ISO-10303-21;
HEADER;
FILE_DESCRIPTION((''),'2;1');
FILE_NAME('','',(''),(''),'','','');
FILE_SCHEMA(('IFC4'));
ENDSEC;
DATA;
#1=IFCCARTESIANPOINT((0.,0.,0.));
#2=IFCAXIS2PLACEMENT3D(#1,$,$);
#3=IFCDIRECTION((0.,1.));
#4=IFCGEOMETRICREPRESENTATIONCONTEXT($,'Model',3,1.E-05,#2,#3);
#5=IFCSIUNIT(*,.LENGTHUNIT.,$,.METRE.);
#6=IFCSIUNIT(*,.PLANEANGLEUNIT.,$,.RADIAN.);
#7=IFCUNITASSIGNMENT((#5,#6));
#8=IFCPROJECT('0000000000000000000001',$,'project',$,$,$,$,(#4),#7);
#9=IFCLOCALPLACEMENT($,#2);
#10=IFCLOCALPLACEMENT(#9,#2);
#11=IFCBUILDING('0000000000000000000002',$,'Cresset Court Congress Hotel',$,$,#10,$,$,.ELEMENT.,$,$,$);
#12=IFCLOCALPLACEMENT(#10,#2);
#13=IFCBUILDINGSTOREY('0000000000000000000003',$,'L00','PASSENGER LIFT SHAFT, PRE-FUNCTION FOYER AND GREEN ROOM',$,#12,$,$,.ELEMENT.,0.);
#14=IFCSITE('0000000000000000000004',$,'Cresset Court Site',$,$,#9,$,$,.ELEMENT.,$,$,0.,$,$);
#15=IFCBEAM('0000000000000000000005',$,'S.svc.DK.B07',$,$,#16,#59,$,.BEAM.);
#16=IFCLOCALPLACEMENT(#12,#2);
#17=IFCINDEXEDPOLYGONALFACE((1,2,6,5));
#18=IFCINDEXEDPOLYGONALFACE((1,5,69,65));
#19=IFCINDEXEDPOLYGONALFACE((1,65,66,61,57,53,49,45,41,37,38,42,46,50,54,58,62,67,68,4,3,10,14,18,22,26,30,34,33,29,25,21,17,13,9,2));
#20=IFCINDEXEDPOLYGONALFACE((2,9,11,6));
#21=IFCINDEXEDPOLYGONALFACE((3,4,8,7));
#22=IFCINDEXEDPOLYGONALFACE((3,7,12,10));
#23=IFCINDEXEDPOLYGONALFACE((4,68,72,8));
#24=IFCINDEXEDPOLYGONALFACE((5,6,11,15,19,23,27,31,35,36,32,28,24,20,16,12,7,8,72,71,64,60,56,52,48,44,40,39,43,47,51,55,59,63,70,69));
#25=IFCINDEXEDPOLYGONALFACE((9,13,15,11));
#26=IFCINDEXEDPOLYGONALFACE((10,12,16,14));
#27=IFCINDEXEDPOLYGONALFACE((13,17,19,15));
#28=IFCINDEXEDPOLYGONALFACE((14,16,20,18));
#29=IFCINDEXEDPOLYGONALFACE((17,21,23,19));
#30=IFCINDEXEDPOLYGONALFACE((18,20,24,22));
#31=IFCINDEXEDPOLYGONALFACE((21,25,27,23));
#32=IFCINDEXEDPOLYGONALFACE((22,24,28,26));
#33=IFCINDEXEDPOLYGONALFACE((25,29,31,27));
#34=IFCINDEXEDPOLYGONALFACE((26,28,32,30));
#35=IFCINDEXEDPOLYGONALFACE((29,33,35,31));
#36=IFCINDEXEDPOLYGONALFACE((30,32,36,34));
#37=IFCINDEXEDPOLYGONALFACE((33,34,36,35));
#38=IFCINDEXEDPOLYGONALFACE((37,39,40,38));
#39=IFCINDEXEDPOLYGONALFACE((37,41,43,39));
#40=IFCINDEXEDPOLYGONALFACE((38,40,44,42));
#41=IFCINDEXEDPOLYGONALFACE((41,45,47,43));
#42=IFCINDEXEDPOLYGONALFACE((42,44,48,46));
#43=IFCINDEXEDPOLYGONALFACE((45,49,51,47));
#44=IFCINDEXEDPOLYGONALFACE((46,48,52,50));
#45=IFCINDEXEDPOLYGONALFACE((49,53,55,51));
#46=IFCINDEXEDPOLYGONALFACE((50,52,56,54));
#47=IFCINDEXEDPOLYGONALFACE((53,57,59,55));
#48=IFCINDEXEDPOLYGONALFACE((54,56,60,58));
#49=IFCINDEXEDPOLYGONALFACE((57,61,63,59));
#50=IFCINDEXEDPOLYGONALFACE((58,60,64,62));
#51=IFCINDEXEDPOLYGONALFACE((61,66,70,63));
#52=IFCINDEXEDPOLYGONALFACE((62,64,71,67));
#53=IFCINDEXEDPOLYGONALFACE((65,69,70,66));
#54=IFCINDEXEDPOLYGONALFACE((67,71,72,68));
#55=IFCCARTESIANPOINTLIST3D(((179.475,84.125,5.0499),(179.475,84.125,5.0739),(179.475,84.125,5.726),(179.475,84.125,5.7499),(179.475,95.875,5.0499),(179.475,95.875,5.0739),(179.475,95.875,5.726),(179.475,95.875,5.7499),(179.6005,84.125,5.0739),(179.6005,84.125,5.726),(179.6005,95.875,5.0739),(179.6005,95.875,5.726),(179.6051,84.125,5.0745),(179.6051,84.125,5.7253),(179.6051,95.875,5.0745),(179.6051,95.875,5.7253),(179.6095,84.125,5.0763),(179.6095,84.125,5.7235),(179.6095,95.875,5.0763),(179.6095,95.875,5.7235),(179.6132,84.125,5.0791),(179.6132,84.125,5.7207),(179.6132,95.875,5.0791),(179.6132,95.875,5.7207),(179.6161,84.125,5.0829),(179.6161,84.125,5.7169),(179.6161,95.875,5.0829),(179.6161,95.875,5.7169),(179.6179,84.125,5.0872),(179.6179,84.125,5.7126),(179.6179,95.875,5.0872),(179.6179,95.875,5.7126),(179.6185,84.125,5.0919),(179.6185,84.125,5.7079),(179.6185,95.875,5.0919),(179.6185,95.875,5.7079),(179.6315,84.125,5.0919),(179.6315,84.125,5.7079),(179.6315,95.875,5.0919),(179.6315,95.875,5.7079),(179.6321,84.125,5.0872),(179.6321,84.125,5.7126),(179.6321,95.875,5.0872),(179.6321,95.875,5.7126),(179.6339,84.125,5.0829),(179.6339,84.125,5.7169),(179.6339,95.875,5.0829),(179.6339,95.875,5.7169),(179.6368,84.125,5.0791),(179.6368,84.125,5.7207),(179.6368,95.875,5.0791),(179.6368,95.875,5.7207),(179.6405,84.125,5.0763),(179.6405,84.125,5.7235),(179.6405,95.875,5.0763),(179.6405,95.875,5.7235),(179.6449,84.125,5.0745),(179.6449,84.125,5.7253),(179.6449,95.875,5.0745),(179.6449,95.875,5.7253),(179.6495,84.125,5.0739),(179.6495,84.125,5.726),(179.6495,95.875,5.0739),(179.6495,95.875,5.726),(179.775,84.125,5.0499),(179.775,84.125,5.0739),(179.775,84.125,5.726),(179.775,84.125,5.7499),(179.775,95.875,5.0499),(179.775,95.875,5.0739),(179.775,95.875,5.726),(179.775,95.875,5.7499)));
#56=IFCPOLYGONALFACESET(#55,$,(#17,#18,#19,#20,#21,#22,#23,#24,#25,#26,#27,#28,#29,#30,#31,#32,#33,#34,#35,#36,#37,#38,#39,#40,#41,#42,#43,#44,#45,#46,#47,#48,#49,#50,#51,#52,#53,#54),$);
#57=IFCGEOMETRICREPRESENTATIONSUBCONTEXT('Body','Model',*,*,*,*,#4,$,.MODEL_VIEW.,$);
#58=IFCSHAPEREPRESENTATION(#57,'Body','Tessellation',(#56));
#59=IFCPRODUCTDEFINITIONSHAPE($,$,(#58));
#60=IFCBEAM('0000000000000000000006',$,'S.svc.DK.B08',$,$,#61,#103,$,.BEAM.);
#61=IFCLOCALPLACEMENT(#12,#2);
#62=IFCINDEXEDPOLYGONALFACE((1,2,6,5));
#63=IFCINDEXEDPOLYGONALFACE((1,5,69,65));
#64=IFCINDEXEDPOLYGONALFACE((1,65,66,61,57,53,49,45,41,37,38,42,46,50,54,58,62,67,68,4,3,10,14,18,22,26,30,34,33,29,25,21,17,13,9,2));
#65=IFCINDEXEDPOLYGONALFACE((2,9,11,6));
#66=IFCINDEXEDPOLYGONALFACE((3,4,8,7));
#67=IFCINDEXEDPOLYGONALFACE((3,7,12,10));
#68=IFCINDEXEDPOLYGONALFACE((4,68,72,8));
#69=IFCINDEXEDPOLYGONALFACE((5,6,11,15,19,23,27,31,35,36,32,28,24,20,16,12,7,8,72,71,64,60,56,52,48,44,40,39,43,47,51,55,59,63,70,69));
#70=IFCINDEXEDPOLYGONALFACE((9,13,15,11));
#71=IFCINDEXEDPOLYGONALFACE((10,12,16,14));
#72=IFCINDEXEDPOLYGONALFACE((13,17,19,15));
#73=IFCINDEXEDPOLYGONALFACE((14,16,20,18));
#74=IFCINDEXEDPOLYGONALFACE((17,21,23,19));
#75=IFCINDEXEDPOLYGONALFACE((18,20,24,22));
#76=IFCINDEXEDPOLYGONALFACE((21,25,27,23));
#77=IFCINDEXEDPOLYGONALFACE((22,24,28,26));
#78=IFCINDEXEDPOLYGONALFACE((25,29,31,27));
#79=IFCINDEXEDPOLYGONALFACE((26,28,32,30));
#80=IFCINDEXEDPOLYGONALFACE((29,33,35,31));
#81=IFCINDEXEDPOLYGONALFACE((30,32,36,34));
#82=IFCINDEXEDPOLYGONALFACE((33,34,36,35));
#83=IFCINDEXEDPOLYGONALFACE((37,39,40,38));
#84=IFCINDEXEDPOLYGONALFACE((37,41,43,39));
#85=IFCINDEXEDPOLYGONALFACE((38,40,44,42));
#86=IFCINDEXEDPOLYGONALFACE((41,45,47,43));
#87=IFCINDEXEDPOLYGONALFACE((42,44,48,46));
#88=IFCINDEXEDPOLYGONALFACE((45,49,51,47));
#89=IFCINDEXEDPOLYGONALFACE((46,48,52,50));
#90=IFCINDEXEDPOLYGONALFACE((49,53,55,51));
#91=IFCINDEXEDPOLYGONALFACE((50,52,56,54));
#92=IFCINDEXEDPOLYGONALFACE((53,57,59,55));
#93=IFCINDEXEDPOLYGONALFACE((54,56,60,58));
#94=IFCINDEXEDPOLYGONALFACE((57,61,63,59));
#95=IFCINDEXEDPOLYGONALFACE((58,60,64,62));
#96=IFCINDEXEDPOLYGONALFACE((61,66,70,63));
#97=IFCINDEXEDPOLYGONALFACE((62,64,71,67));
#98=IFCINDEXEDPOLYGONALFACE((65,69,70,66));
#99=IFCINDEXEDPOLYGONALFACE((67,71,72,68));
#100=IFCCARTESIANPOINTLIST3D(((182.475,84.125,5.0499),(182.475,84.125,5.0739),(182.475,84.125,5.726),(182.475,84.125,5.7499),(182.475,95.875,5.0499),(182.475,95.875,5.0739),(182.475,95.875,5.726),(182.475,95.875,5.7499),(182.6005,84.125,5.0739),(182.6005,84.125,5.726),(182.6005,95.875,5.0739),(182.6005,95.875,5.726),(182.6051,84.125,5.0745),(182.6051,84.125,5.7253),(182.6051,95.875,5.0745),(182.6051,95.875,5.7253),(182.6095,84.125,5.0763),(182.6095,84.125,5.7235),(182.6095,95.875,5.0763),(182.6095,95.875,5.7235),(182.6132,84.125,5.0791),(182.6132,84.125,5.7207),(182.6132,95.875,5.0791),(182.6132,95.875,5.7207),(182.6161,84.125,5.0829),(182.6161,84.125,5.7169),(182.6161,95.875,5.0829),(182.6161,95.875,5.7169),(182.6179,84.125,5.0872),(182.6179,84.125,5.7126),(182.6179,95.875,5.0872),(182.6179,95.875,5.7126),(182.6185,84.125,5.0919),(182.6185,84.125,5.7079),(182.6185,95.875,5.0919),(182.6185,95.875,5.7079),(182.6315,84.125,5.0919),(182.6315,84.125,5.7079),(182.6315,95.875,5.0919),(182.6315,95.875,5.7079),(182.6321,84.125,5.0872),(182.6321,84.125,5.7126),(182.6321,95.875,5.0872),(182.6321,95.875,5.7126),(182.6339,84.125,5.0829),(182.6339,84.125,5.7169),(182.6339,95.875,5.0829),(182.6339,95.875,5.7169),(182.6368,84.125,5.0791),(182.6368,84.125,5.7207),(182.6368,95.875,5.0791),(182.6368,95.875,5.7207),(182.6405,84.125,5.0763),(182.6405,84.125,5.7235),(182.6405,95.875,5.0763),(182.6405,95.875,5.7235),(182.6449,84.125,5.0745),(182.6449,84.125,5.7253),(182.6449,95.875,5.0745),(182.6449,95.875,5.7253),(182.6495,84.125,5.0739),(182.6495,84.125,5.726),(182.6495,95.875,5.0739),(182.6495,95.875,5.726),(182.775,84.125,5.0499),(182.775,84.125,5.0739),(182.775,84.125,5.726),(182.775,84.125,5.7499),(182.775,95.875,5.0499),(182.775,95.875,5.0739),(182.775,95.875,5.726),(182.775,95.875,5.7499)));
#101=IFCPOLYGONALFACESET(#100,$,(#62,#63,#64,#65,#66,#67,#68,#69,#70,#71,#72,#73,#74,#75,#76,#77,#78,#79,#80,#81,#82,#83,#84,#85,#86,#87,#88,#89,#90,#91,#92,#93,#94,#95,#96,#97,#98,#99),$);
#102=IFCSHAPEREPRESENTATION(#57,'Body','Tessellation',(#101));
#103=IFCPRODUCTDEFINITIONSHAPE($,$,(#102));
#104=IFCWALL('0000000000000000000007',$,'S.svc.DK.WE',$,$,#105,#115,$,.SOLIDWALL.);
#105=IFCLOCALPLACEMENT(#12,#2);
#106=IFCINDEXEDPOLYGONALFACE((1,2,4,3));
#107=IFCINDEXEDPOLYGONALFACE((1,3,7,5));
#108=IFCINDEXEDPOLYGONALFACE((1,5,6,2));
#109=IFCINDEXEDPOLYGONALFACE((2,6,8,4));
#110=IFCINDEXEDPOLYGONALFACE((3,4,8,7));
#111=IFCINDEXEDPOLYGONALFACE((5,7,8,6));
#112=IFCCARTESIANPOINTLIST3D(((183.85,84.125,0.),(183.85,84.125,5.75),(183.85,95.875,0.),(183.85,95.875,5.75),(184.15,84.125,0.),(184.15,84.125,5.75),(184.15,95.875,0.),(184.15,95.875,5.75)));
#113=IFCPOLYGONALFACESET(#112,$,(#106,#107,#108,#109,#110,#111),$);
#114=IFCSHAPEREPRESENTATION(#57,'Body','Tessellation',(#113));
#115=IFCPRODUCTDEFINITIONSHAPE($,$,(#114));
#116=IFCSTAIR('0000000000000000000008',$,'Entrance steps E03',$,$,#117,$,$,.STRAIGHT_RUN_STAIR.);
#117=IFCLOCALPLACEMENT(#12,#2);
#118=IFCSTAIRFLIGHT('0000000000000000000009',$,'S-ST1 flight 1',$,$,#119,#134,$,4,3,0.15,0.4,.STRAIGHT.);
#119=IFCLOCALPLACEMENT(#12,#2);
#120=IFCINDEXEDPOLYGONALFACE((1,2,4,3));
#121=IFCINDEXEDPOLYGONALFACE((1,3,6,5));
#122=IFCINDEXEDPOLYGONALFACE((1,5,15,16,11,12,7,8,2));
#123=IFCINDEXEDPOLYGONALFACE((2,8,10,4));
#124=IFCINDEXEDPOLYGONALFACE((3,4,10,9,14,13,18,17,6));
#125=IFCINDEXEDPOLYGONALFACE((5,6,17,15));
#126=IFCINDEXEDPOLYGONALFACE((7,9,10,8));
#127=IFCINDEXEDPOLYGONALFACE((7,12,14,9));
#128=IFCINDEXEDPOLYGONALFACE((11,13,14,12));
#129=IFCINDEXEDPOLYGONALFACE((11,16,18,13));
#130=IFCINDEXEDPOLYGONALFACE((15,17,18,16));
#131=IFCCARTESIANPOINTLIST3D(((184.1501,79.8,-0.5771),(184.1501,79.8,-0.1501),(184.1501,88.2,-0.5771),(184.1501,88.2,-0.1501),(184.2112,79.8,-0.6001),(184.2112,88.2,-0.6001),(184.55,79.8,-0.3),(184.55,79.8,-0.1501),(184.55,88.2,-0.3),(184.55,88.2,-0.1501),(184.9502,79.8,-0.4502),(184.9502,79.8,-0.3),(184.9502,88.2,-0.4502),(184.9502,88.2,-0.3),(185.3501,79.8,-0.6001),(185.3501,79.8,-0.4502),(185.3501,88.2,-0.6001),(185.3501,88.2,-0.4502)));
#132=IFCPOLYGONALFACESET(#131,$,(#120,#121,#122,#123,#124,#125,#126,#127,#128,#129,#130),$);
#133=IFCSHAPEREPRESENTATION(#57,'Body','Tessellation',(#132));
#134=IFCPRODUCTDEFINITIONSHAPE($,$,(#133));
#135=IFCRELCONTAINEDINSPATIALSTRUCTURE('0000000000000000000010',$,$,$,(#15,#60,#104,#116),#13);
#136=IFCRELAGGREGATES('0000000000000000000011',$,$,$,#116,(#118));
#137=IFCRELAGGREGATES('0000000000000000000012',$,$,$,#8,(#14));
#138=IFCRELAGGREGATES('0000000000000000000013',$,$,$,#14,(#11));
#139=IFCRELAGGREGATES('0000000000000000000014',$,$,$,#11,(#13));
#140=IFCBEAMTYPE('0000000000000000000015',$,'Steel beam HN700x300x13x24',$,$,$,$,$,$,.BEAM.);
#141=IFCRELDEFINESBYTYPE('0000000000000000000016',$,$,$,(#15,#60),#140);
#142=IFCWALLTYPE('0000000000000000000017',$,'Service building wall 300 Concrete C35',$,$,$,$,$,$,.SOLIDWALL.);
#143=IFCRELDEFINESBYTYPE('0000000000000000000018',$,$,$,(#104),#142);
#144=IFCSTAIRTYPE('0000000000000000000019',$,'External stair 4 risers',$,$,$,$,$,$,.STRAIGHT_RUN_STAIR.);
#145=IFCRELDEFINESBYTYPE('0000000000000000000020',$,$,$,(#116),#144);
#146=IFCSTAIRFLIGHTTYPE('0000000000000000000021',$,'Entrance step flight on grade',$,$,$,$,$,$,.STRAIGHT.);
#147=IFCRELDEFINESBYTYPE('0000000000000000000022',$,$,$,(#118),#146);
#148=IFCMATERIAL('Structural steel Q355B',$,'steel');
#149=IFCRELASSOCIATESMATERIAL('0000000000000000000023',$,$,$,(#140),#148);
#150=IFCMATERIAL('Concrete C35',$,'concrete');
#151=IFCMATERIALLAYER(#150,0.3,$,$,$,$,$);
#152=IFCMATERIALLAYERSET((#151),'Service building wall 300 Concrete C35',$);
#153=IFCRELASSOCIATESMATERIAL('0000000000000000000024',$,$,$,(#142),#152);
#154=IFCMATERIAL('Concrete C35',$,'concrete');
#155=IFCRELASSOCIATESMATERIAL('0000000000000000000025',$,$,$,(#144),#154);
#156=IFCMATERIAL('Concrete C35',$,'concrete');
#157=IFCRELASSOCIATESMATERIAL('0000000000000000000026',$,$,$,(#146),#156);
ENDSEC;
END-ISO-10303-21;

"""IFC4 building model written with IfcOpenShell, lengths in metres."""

from ifc_helpers import new_model, si_unit, direction, frame, frame_2d, origin, origin_2d, place, context, subcontext, project, spatial, polyline, rectangle, i_section, outline, extrude, material, layer, layer_set, material_profile, profile_set, type_object, element, aggregate, save


model = new_model("IFC4")

# Units and contexts
model_context = context("Model", 3, precision=1e-05, world=origin(), true_north=direction((0.0, 1.0)))
body_context = subcontext(model_context, "Body", "Model", "MODEL_VIEW")
ifc_project = project(units=[si_unit("LENGTHUNIT", "METRE"), si_unit("PLANEANGLEUNIT", "RADIAN")], contexts=[model_context])

# Site, building, storey
site_placement = place(None, origin())
site = spatial("IfcSite", under=ifc_project, at=site_placement, Name="Cresset Court Site", CompositionType="ELEMENT", RefElevation=0.0)
building_placement = place(site_placement, origin())
building = spatial("IfcBuilding", under=site, at=building_placement, Name="Cresset Court Congress Hotel", CompositionType="ELEMENT")
storey_placement = place(building_placement, origin())
storey = spatial("IfcBuildingStorey", under=building, at=storey_placement, Name="L00", Description="PASSENGER LIFT SHAFT, PRE-FUNCTION FOYER AND GREEN ROOM", CompositionType="ELEMENT", Elevation=0.0)

# Beams
ifc_material_1 = material(Name="Structural steel Q355B", Category="steel")
ifc_material_profile = material_profile(ifc_material_1, i_section(OverallWidth=0.3, OverallDepth=0.7, WebThickness=0.0129, FlangeThickness=0.0239, FilletRadius=0.0181, at=origin_2d()), Name="HN700x300x13x24")
ifc_profile_set = profile_set([ifc_material_profile], Name="Structural steel Q355B")
beam_type = type_object("IfcBeamType", Name="Steel beam HN700x300x13x24", PredefinedType="BEAM", material=ifc_profile_set)
for number, where, z_axis, x_axis, name in (
    (1, (179.625, 84.125, 5.3999), (0.0, 1.0, 0.0), (-1.0, 0.0, 0.0), "S.svc.DK.B07"),
    (2, (182.625, 84.125, 5.3999), (0.0, 1.0, 0.0), (-1.0, 0.0, 0.0), "S.svc.DK.B08"),
):
    element("IfcBeam", number, at=place(storey_placement, frame(where, z_axis=z_axis, x_axis=x_axis)), inside=storey, type_object=beam_type, Name=name, PredefinedType="BEAM", context=body_context, shape_type="SweptSolid", body=[
        extrude(i_section(OverallWidth=0.3, OverallDepth=0.7, WebThickness=0.0129, FlangeThickness=0.0239, FilletRadius=0.0181, at=origin_2d()), origin(), (0.0, 0.0, 1.0), 11.75),
    ])

# Wall
ifc_material_2 = material(Name="Concrete C35", Category="concrete")
ifc_layer = layer(ifc_material_2, 0.3)
ifc_layer_set = layer_set([ifc_layer], Name="Service building wall 300 Concrete C35")
wall_type = type_object("IfcWallType", Name="Service building wall 300 Concrete C35", PredefinedType="SOLIDWALL", material=ifc_layer_set)
wall_placement = place(storey_placement, frame((184.0, 84.125, 0.0), z_axis=(0.0, 0.0, 1.0), x_axis=(0.0, 1.0, 0.0)))
element("IfcWall", 3, at=wall_placement, inside=storey, type_object=wall_type, Name="S.svc.DK.WE", PredefinedType="SOLIDWALL", context=body_context, shape_type="SweptSolid", body=[
    extrude(rectangle(XDim=11.75, YDim=0.3, at=frame_2d((5.875, 0.0))), origin(), (0.0, 0.0, 1.0), 5.75),
])

# Stair, stair flight
ifc_material_3 = material(Name="Concrete C35", Category="concrete")
stair_type = type_object("IfcStairType", Name="External stair 4 risers", PredefinedType="STRAIGHT_RUN_STAIR", material=ifc_material_3)
stair_placement = place(storey_placement, origin())
stair = element("IfcStair", 4, at=stair_placement, inside=storey, type_object=stair_type, Name="Entrance steps E03", PredefinedType="STRAIGHT_RUN_STAIR")
ifc_material_4 = material(Name="Concrete C35", Category="concrete")
stair_flight_type = type_object("IfcStairFlightType", Name="Entrance step flight on grade", PredefinedType="STRAIGHT", material=ifc_material_4)
stair_flight_placement = place(storey_placement, frame((185.3501, 84.0, -0.6001), z_axis=(0.0, 0.0, 1.0), x_axis=(-1.0, 0.0, 0.0)))
stair_flight = element("IfcStairFlight", 5, at=stair_flight_placement, type_object=stair_flight_type, Name="S-ST1 flight 1", NumberOfRisers=4, NumberOfTreads=3, PredefinedType="STRAIGHT", RiserHeight=0.15, TreadLength=0.4, context=body_context, shape_type="SweptSolid", body=[
    extrude(outline(polyline([(0.0, 0.0), (0.0, 0.1499), (0.3999, 0.1499), (0.3999, 0.3), (0.8, 0.3), (0.8, 0.45), (1.2, 0.45), (1.2, 0.6001), (1.2, 0.0229), (1.1389, 0.0), (0.0, 0.0)])), frame((0.0, 4.2, 0.0), z_axis=(0.0, -1.0, 0.0), x_axis=(1.0, 0.0, 0.0)), (0.0, 0.0, 1.0), 8.3999),
])
aggregate(stair, [stair_flight])

save(model, "model.ifc")
